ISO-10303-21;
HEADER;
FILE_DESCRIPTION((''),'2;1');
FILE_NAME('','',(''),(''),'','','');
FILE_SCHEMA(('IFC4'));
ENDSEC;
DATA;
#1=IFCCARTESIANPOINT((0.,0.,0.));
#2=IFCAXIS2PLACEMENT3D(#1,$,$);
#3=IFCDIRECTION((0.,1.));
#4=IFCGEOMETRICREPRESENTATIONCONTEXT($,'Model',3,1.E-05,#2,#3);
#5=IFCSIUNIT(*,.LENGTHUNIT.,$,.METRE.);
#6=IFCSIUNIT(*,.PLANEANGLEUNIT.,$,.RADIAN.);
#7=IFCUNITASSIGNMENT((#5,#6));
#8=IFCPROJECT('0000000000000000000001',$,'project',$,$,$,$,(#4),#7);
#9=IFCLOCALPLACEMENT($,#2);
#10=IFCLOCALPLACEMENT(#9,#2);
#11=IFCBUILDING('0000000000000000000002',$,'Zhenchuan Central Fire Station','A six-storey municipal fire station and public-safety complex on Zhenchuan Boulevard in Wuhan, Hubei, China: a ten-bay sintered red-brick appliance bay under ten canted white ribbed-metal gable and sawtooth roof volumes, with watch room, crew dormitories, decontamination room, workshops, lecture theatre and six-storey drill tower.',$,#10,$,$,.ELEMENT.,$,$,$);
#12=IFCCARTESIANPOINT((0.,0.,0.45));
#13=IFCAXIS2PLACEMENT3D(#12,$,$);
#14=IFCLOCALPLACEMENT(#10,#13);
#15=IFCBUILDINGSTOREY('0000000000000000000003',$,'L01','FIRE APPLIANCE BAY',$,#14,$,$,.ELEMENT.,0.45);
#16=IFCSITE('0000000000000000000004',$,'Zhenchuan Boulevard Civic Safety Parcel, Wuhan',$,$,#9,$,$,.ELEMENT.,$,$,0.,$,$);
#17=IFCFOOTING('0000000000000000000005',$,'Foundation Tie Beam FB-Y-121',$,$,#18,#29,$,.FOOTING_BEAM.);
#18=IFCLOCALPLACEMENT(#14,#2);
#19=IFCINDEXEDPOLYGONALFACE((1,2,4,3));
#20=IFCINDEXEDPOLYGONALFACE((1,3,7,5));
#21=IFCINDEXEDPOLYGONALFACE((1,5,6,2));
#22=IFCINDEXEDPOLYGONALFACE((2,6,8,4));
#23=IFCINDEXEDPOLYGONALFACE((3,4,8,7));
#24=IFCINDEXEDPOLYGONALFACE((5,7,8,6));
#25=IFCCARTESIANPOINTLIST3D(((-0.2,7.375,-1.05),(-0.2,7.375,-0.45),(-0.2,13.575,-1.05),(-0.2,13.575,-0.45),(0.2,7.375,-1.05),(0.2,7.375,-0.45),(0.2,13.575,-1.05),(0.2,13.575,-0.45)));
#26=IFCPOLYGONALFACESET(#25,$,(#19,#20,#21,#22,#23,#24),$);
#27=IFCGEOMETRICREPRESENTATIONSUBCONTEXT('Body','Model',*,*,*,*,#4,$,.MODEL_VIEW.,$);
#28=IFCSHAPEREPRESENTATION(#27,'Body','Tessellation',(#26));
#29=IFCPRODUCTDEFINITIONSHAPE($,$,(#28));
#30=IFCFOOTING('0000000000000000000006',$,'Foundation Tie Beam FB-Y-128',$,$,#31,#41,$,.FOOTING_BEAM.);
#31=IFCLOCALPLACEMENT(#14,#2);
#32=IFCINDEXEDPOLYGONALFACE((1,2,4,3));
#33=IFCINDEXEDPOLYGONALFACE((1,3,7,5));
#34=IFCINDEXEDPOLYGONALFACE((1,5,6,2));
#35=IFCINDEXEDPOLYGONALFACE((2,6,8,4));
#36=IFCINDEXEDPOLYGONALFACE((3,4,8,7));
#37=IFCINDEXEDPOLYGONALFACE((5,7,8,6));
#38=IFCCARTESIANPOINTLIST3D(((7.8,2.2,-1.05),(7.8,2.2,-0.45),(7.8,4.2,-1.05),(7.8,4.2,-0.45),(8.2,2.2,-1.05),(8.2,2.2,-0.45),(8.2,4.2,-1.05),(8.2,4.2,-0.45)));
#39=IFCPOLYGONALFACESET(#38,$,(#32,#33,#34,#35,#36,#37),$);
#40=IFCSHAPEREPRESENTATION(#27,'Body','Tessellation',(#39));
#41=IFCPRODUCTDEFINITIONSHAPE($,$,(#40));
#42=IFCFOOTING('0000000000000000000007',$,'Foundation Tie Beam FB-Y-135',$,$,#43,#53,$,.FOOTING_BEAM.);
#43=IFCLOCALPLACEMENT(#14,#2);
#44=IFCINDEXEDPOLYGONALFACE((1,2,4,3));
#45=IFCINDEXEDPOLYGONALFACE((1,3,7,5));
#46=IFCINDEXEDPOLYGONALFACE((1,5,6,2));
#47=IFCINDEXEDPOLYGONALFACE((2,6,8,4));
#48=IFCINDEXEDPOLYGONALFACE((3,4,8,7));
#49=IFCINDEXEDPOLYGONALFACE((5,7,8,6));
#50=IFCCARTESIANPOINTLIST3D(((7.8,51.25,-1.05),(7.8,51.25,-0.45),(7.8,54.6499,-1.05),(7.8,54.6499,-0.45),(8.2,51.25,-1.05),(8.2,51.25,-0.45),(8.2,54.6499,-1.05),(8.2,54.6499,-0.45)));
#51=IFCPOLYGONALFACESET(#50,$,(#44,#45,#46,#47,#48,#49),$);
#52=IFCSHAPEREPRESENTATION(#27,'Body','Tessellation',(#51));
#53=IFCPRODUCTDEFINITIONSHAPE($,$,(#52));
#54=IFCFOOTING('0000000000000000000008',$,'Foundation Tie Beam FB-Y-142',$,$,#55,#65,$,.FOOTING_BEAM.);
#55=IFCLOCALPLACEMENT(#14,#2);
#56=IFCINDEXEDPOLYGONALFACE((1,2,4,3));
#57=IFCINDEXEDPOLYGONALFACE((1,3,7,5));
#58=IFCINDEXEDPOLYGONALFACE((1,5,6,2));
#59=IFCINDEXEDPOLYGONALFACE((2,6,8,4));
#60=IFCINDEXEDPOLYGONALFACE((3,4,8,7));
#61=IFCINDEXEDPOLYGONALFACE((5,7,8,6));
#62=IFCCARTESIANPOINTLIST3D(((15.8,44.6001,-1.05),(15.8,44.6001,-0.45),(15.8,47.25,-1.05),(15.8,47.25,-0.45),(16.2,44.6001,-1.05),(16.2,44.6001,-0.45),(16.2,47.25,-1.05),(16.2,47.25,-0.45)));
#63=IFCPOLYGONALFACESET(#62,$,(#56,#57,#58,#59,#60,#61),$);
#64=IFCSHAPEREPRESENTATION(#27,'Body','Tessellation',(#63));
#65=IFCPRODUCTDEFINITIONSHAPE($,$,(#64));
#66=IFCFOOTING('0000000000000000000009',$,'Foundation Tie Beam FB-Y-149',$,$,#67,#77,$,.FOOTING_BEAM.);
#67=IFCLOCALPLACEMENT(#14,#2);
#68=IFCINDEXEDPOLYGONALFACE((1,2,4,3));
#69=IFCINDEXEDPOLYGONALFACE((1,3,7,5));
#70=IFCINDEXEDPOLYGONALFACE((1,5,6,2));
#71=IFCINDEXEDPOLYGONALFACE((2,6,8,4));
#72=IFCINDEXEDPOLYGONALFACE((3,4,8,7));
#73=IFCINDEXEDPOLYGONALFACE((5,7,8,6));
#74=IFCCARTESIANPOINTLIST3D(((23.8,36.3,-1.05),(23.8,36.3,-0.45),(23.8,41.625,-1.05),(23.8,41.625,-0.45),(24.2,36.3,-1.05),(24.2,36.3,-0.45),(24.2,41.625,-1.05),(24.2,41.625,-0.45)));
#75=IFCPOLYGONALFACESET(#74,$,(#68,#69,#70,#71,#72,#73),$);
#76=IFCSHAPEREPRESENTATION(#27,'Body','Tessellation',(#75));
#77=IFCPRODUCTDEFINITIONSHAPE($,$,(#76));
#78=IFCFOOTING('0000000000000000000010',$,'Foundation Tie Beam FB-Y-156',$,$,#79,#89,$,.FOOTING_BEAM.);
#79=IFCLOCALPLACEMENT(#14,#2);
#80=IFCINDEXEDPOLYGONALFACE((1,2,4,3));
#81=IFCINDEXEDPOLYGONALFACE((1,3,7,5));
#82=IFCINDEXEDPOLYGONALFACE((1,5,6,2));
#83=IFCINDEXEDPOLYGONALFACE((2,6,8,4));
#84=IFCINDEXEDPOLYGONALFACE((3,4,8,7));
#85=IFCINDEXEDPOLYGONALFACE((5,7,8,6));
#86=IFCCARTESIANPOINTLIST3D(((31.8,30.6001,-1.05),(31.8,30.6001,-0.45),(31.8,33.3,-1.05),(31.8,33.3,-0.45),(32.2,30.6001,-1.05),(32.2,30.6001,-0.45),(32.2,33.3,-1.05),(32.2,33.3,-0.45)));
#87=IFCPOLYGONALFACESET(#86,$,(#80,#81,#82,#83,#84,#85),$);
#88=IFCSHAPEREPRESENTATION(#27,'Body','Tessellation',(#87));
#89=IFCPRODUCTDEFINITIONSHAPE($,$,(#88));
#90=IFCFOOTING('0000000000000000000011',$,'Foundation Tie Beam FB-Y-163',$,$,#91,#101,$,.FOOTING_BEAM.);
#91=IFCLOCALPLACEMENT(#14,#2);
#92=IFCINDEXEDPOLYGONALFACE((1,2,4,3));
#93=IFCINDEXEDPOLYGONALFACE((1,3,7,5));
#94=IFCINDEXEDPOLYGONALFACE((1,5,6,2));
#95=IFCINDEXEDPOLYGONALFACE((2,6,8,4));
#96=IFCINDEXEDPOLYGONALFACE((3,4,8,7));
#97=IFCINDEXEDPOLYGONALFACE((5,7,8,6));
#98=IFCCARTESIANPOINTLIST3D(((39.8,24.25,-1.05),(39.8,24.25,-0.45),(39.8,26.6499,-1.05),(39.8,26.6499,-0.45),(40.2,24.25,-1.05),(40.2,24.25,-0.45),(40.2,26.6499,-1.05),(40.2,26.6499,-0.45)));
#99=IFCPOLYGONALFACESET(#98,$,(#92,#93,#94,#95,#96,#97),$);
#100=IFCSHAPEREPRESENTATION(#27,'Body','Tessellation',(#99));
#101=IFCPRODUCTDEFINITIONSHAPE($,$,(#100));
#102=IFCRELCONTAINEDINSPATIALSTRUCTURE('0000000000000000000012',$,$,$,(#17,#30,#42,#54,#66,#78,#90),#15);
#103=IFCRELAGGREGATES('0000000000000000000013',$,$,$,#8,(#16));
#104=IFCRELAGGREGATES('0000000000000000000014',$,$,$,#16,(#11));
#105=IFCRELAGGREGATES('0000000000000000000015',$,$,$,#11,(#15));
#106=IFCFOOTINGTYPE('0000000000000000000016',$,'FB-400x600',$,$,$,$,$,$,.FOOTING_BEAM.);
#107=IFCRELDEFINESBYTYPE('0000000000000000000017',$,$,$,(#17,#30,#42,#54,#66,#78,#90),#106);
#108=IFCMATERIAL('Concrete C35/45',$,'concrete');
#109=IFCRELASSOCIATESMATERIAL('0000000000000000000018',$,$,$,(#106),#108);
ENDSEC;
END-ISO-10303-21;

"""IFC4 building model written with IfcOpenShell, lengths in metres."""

from ifc_helpers import new_model, si_unit, direction, frame, origin, place, context, subcontext, project, spatial, polyline, outline, extrude, material, type_object, element, save


model = new_model("IFC4")

# Units and contexts
model_context = context("Model", 3, precision=1e-05, world=origin(), true_north=direction((0.0, 1.0)))
body_context = subcontext(model_context, "Body", "Model", "MODEL_VIEW")
ifc_project = project(units=[si_unit("LENGTHUNIT", "METRE"), si_unit("PLANEANGLEUNIT", "RADIAN")], contexts=[model_context])

# Site, building, storey
site_placement = place(None, origin())
site = spatial("IfcSite", under=ifc_project, at=site_placement, Name="Zhenchuan Boulevard Civic Safety Parcel, Wuhan", CompositionType="ELEMENT", RefElevation=0.0)
building_placement = place(site_placement, origin())
building = spatial("IfcBuilding", under=site, at=building_placement, Name="Zhenchuan Central Fire Station", Description="A six-storey municipal fire station and public-safety complex on Zhenchuan Boulevard in Wuhan, Hubei, China: a ten-bay sintered red-brick appliance bay under ten canted white ribbed-metal gable and sawtooth roof volumes, with watch room, crew dormitories, decontamination room, workshops, lecture theatre and six-storey drill tower.", CompositionType="ELEMENT")
storey_placement = place(building_placement, frame((0.0, 0.0, 0.45)))
storey = spatial("IfcBuildingStorey", under=building, at=storey_placement, Name="L01", Description="FIRE APPLIANCE BAY", CompositionType="ELEMENT", Elevation=0.45)

# Footings
ifc_material = material(Name="Concrete C35/45", Category="concrete")
footing_type_1 = type_object("IfcFootingType", Name="FB-400x600", PredefinedType="FOOTING_BEAM", material=ifc_material)
footing_1_placement = place(storey_placement, frame((0.0, 0.0, -1.05)))
element("IfcFooting", 1, at=footing_1_placement, inside=storey, type_object=footing_type_1, Name="Foundation Tie Beam FB-Y-121", PredefinedType="FOOTING_BEAM", context=body_context, shape_type="SweptSolid", body=[
    extrude(outline(polyline([(-0.2, 7.375), (0.2, 7.375), (0.2, 13.575), (-0.2, 13.575), (-0.2, 7.375)])), origin(), (0.0, 0.0, 1.0), 0.6001),
])
footing_2_placement = place(storey_placement, frame((0.0, 0.0, -1.05)))
element("IfcFooting", 2, at=footing_2_placement, inside=storey, type_object=footing_type_1, Name="Foundation Tie Beam FB-Y-128", PredefinedType="FOOTING_BEAM", context=body_context, shape_type="SweptSolid", body=[
    extrude(outline(polyline([(7.8, 2.2), (8.2, 2.2), (8.2, 4.2), (7.8, 4.2), (7.8, 2.2)])), origin(), (0.0, 0.0, 1.0), 0.6001),
])
footing_3_placement = place(storey_placement, frame((0.0, 0.0, -1.05)))
element("IfcFooting", 3, at=footing_3_placement, inside=storey, type_object=footing_type_1, Name="Foundation Tie Beam FB-Y-135", PredefinedType="FOOTING_BEAM", context=body_context, shape_type="SweptSolid", body=[
    extrude(outline(polyline([(7.8, 51.25), (8.2, 51.25), (8.2, 54.6499), (7.8, 54.6499), (7.8, 51.25)])), origin(), (0.0, 0.0, 1.0), 0.6001),
])
footing_4_placement = place(storey_placement, frame((0.0, 0.0, -1.05)))
element("IfcFooting", 4, at=footing_4_placement, inside=storey, type_object=footing_type_1, Name="Foundation Tie Beam FB-Y-142", PredefinedType="FOOTING_BEAM", context=body_context, shape_type="SweptSolid", body=[
    extrude(outline(polyline([(15.8, 44.6001), (16.2, 44.6001), (16.2, 47.25), (15.8, 47.25), (15.8, 44.6001)])), origin(), (0.0, 0.0, 1.0), 0.6001),
])
footing_5_placement = place(storey_placement, frame((0.0, 0.0, -1.05)))
element("IfcFooting", 5, at=footing_5_placement, inside=storey, type_object=footing_type_1, Name="Foundation Tie Beam FB-Y-149", PredefinedType="FOOTING_BEAM", context=body_context, shape_type="SweptSolid", body=[
    extrude(outline(polyline([(23.8, 36.3), (24.2, 36.3), (24.2, 41.625), (23.8, 41.625), (23.8, 36.3)])), origin(), (0.0, 0.0, 1.0), 0.6001),
])
footing_6_placement = place(storey_placement, frame((0.0, 0.0, -1.05)))
element("IfcFooting", 6, at=footing_6_placement, inside=storey, type_object=footing_type_1, Name="Foundation Tie Beam FB-Y-156", PredefinedType="FOOTING_BEAM", context=body_context, shape_type="SweptSolid", body=[
    extrude(outline(polyline([(31.8, 30.6001), (32.2, 30.6001), (32.2, 33.3), (31.8, 33.3), (31.8, 30.6001)])), origin(), (0.0, 0.0, 1.0), 0.6001),
])
footing_7_placement = place(storey_placement, frame((0.0, 0.0, -1.05)))
element("IfcFooting", 7, at=footing_7_placement, inside=storey, type_object=footing_type_1, Name="Foundation Tie Beam FB-Y-163", PredefinedType="FOOTING_BEAM", context=body_context, shape_type="SweptSolid", body=[
    extrude(outline(polyline([(39.8, 24.25), (40.2, 24.25), (40.2, 26.6499), (39.8, 26.6499), (39.8, 24.25)])), origin(), (0.0, 0.0, 1.0), 0.6001),
])

save(model, "model.ifc")
